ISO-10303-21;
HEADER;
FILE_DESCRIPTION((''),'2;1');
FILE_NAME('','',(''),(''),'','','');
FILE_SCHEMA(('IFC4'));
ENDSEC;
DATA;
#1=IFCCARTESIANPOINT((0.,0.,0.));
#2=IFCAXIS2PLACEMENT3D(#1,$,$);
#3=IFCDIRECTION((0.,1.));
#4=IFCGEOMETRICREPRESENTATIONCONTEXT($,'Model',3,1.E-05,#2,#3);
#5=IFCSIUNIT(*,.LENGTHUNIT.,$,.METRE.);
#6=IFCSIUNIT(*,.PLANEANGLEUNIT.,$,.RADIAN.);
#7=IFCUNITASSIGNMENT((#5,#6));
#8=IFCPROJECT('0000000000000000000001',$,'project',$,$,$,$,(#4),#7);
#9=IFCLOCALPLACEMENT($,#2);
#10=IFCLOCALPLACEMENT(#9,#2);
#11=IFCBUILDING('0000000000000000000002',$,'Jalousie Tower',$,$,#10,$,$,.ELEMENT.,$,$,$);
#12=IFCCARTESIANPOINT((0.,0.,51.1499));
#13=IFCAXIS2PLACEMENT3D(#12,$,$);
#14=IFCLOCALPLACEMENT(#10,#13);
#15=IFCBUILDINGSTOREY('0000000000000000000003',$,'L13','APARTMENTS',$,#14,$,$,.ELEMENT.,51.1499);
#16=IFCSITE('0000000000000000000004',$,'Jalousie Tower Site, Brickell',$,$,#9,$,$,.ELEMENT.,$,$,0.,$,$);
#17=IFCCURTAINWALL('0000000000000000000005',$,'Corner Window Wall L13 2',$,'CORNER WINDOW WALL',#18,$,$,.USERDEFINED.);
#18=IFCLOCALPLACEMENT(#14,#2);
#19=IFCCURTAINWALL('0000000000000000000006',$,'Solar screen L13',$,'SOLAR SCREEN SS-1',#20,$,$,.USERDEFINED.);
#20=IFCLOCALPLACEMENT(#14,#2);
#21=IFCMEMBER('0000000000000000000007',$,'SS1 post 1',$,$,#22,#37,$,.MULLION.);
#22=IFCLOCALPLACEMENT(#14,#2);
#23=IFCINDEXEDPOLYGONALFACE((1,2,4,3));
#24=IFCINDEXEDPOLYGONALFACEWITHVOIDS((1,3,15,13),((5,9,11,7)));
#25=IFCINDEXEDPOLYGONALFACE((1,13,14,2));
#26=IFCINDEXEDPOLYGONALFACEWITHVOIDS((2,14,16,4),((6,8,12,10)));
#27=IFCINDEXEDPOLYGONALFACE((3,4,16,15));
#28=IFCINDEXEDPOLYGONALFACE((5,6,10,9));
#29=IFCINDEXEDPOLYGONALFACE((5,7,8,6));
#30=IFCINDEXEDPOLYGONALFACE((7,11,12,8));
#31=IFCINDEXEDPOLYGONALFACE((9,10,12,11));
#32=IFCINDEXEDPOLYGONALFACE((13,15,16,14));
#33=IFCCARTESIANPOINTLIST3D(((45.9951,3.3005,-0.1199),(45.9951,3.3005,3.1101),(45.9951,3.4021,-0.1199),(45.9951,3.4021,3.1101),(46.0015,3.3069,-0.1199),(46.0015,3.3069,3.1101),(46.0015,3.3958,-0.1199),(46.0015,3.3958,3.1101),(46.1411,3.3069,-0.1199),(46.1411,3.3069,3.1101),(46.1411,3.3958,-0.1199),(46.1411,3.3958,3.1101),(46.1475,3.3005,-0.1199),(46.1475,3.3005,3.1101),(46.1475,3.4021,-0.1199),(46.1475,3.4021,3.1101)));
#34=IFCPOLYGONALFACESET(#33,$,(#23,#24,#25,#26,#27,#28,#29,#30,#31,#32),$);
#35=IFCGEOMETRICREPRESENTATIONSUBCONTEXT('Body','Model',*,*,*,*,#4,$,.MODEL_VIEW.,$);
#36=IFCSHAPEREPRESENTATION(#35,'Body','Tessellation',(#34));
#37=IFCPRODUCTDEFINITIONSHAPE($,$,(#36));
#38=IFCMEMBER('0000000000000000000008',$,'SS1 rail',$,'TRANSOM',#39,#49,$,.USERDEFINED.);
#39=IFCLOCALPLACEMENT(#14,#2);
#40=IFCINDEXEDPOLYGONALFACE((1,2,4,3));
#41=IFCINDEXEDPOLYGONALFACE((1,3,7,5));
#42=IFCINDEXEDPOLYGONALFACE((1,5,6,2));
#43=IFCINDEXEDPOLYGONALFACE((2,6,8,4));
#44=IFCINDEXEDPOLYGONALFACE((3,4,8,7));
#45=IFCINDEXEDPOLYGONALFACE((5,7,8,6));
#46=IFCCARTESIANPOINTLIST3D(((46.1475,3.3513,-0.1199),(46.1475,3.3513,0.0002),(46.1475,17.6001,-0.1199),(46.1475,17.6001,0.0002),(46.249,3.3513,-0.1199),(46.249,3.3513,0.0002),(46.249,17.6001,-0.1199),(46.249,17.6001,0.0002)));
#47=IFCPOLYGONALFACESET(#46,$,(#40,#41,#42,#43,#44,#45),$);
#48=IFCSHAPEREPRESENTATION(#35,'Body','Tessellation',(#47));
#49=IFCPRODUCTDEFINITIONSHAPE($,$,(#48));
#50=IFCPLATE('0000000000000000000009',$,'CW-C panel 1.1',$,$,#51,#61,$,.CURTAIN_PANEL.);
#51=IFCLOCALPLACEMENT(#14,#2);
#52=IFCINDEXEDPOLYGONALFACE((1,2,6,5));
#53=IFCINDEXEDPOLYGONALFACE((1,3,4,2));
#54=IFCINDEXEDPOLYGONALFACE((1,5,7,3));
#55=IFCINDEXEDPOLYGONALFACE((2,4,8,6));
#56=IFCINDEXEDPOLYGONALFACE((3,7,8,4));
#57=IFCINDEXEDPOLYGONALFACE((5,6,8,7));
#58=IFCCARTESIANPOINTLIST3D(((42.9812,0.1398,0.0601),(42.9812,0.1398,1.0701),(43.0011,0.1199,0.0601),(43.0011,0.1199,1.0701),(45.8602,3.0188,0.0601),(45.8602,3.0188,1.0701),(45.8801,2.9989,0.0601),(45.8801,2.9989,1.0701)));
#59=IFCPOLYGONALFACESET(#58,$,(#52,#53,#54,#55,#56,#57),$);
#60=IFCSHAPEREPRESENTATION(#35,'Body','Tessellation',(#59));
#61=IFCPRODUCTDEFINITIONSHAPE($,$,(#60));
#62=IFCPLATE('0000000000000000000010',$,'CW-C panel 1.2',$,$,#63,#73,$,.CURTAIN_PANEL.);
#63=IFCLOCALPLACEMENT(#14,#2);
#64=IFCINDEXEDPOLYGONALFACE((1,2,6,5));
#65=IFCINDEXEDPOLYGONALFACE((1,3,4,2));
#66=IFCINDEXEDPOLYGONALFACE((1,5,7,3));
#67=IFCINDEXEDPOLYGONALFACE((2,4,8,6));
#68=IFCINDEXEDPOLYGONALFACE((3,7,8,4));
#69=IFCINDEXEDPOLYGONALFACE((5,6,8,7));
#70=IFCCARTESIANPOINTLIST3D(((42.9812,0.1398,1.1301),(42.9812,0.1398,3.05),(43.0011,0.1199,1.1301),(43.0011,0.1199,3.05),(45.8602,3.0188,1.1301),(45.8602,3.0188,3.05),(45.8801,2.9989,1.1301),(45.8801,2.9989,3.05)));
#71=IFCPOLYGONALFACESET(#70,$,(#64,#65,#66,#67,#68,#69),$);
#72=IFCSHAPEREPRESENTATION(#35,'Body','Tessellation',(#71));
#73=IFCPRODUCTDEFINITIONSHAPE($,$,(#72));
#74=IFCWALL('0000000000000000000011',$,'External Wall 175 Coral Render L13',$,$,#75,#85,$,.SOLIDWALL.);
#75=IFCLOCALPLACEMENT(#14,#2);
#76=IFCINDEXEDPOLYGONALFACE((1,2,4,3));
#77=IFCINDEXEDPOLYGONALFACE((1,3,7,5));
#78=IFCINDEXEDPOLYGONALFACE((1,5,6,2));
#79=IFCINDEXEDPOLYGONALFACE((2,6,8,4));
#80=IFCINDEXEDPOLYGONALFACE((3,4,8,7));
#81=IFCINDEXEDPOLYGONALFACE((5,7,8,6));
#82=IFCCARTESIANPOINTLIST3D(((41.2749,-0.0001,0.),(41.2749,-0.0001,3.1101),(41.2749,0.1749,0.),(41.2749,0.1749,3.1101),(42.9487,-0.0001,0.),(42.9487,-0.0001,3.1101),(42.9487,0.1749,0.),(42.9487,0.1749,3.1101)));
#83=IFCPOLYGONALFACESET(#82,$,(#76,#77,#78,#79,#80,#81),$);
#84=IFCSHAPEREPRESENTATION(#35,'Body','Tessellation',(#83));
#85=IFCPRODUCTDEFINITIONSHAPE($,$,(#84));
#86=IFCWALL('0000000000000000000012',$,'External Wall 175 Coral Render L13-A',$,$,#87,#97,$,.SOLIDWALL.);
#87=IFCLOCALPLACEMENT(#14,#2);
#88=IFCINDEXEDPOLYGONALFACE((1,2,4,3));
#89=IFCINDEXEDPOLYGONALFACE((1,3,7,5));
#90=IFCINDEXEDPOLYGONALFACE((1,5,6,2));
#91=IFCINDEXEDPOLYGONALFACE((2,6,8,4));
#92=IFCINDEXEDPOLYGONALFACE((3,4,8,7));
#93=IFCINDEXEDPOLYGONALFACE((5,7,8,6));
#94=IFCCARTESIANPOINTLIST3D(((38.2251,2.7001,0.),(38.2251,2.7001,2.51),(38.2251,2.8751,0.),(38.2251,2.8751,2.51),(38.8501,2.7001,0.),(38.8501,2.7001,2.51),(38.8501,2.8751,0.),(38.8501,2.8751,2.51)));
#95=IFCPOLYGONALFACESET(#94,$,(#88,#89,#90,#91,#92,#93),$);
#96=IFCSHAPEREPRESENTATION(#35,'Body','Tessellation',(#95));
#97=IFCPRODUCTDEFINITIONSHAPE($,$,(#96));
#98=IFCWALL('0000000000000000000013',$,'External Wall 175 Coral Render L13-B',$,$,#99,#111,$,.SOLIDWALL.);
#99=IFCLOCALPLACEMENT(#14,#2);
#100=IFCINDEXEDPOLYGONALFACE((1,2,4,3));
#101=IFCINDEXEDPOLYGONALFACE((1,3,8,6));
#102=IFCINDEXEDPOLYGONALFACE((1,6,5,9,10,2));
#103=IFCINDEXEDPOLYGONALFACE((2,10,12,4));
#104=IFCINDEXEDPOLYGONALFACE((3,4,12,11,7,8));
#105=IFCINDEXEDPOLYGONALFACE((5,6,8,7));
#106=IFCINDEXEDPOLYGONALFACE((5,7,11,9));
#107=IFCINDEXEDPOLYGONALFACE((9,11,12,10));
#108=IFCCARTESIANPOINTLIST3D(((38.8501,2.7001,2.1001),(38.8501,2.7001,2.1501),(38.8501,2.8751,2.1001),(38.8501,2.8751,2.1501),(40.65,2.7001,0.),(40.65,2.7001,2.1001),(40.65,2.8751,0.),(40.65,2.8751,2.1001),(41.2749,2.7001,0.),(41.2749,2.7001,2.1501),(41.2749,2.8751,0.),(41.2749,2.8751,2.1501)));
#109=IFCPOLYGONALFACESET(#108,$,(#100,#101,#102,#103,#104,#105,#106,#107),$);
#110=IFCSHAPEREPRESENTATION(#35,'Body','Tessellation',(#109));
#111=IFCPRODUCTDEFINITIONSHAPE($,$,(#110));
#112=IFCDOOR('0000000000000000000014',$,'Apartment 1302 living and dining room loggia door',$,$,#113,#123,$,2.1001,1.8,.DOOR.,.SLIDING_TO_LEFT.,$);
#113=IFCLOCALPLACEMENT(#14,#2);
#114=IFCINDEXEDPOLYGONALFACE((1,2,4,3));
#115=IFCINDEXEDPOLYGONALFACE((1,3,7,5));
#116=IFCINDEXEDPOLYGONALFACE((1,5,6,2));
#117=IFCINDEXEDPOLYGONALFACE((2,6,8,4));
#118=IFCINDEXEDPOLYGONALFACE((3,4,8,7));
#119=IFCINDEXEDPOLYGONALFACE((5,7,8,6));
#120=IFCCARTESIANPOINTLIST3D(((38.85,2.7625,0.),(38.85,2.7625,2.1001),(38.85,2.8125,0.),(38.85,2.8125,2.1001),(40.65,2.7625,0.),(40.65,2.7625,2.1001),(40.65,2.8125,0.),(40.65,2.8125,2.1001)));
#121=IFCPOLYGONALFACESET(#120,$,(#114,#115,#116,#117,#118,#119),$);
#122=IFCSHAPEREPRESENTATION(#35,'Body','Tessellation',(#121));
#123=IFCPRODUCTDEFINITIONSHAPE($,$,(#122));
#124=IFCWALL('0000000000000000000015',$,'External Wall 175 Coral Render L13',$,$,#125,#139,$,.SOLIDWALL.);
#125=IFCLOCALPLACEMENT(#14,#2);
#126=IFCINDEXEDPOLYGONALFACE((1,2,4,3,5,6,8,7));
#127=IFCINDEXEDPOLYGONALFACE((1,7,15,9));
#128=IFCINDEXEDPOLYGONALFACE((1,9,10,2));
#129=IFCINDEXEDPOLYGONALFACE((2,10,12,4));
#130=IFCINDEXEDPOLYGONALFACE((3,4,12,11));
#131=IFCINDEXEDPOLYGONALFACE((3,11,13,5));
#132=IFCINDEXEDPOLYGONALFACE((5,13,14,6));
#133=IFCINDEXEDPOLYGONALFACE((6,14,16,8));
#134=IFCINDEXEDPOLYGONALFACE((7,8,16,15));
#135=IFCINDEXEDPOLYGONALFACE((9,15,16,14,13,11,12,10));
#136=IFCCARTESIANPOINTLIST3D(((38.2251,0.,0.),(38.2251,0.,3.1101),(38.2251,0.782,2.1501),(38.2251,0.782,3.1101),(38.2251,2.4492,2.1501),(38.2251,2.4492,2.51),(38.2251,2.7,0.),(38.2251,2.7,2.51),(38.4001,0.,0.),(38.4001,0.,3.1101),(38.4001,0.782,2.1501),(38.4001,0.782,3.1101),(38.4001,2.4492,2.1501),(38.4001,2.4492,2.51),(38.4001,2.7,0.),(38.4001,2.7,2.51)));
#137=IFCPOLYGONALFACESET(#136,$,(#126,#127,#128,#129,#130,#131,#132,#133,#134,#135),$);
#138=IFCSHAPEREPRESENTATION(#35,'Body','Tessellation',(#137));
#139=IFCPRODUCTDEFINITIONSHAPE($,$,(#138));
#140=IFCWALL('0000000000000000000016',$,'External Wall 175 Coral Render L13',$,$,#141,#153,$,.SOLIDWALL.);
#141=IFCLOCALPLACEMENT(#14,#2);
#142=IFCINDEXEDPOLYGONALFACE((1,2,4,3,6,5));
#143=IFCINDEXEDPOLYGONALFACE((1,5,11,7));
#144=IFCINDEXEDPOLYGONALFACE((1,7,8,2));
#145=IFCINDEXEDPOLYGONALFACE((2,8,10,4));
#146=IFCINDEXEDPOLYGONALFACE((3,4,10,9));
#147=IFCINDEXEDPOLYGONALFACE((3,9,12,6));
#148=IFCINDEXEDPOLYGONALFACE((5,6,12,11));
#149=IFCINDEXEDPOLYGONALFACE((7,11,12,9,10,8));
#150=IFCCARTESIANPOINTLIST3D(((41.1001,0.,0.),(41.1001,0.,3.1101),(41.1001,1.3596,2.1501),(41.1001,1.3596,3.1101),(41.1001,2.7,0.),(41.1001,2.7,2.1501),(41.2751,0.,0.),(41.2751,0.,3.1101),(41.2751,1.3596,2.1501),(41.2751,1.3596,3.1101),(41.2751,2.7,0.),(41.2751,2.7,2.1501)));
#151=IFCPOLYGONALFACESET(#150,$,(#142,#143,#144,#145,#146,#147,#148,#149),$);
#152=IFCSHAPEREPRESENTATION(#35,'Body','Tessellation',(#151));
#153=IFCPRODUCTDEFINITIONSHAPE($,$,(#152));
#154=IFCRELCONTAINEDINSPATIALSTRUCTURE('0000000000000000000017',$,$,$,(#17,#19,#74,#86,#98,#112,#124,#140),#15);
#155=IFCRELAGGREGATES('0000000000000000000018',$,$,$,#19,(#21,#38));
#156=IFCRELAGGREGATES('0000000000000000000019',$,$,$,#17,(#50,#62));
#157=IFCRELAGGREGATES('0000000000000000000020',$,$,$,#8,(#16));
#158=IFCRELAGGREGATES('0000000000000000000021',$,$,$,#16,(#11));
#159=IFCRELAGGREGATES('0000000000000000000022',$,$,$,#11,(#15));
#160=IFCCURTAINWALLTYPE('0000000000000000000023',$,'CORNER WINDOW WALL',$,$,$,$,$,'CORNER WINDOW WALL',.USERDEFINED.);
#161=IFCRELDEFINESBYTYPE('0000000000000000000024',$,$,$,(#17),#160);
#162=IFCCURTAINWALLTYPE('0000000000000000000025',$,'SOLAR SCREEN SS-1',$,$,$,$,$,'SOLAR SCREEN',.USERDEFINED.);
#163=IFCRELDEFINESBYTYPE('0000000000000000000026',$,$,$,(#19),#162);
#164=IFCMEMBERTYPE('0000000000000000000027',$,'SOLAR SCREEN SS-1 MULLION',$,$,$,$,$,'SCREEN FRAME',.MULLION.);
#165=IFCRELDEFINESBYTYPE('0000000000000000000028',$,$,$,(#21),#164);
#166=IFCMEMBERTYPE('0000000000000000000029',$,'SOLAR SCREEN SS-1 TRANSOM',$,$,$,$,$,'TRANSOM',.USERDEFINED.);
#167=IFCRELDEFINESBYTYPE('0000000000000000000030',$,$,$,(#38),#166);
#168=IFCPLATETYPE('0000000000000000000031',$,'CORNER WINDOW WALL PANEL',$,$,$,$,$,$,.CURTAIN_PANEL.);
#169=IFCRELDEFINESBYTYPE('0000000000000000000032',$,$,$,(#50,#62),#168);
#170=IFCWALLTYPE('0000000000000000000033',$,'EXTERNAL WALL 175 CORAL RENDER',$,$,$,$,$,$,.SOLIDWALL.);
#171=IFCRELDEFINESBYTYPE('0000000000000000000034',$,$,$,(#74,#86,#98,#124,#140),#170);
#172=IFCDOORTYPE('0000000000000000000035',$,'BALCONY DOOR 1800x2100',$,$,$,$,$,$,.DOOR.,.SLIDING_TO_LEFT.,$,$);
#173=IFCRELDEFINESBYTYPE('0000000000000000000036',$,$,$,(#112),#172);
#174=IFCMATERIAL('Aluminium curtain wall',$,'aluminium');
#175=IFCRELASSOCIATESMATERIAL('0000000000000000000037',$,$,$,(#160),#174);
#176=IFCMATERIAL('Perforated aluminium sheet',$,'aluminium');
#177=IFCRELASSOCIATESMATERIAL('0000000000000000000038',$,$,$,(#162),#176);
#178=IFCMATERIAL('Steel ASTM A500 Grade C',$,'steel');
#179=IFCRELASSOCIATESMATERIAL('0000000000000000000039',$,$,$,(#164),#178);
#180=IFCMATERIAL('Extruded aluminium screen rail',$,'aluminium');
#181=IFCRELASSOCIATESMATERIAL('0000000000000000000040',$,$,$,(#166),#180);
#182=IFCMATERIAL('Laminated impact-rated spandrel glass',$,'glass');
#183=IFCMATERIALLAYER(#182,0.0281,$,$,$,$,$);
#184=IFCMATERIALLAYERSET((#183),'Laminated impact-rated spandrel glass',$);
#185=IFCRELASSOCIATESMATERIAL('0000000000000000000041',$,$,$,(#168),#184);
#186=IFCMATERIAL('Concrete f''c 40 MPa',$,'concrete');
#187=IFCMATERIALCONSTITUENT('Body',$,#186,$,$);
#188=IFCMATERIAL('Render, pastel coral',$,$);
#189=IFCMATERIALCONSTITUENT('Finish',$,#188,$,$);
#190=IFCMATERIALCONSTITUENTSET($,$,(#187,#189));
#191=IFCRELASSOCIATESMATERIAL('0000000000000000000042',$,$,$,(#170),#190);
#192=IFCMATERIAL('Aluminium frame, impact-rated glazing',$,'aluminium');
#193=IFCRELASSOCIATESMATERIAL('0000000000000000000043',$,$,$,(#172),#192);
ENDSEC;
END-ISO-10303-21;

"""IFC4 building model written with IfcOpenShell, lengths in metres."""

from ifc_helpers import new_model, si_unit, direction, frame, frame_2d, origin, origin_2d, place, context, subcontext, project, spatial, polyline, rectangle, hollow_rectangle, outline, extrude, material, layer, layer_set, constituent, constituent_set, material_profile, profile_set, type_object, element, fill, aggregate, save


model = new_model("IFC4")

# Units and contexts
model_context = context("Model", 3, precision=1e-05, world=origin(), true_north=direction((0.0, 1.0)))
body_context = subcontext(model_context, "Body", "Model", "MODEL_VIEW")
ifc_project = project(units=[si_unit("LENGTHUNIT", "METRE"), si_unit("PLANEANGLEUNIT", "RADIAN")], contexts=[model_context])

# Site, building, storey
site_placement = place(None, origin())
site = spatial("IfcSite", under=ifc_project, at=site_placement, Name="Jalousie Tower Site, Brickell", CompositionType="ELEMENT", RefElevation=0.0)
building_placement = place(site_placement, origin())
building = spatial("IfcBuilding", under=site, at=building_placement, Name="Jalousie Tower", CompositionType="ELEMENT")
storey_placement = place(building_placement, frame((0.0, 0.0, 51.1499)))
storey = spatial("IfcBuildingStorey", under=building, at=storey_placement, Name="L13", Description="APARTMENTS", CompositionType="ELEMENT", Elevation=51.1499)

# Curtain wall
ifc_material_1 = material(Name="Aluminium curtain wall", Category="aluminium")
curtain_wall_type_1 = type_object("IfcCurtainWallType", Name="CORNER WINDOW WALL", ElementType="CORNER WINDOW WALL", PredefinedType="USERDEFINED", material=ifc_material_1)
curtain_wall_1_placement = place(storey_placement, origin())
curtain_wall_1 = element("IfcCurtainWall", 1, at=curtain_wall_1_placement, inside=storey, type_object=curtain_wall_type_1, Name="Corner Window Wall L13 2", ObjectType="CORNER WINDOW WALL", PredefinedType="USERDEFINED")

# Curtain wall, members
ifc_material_2 = material(Name="Perforated aluminium sheet", Category="aluminium")
curtain_wall_type_2 = type_object("IfcCurtainWallType", Name="SOLAR SCREEN SS-1", ElementType="SOLAR SCREEN", PredefinedType="USERDEFINED", material=ifc_material_2)
curtain_wall_2_placement = place(storey_placement, origin())
curtain_wall_2 = element("IfcCurtainWall", 2, at=curtain_wall_2_placement, inside=storey, type_object=curtain_wall_type_2, Name="Solar screen L13", ObjectType="SOLAR SCREEN SS-1", PredefinedType="USERDEFINED")
ifc_material_3 = material(Name="Steel ASTM A500 Grade C", Category="steel")
ifc_material_profile_1 = material_profile(ifc_material_3, hollow_rectangle(XDim=0.1016, YDim=0.1523, WallThickness=0.0063, at=origin_2d()), Name="HSS6X4X1/4")
ifc_profile_set_1 = profile_set([ifc_material_profile_1], Name="Steel ASTM A500 Grade C")
member_type_1 = type_object("IfcMemberType", Name="SOLAR SCREEN SS-1 MULLION", ElementType="SCREEN FRAME", PredefinedType="MULLION", material=ifc_profile_set_1)
member_1_placement = place(storey_placement, frame((46.0713, 3.3513, -0.1199), z_axis=(0.0, 0.0, 1.0), x_axis=(0.0, 1.0, 0.0)))
member_1 = element("IfcMember", 3, at=member_1_placement, type_object=member_type_1, Name="SS1 post 1", PredefinedType="MULLION", context=body_context, shape_type="SweptSolid", body=[
    extrude(hollow_rectangle(XDim=0.1016, YDim=0.1523, WallThickness=0.0063, at=origin_2d()), origin(), (0.0, 0.0, 1.0), 3.23),
])
ifc_material_4 = material(Name="Extruded aluminium screen rail", Category="aluminium")
ifc_material_profile_2 = material_profile(ifc_material_4, rectangle(XDim=0.1016, YDim=0.1201, at=origin_2d()), Name="RAIL 102x120")
ifc_profile_set_2 = profile_set([ifc_material_profile_2], Name="Extruded aluminium screen rail")
member_type_2 = type_object("IfcMemberType", Name="SOLAR SCREEN SS-1 TRANSOM", ElementType="TRANSOM", PredefinedType="USERDEFINED", material=ifc_profile_set_2)
member_2_placement = place(storey_placement, frame((46.1982, 3.3513, -0.0598), z_axis=(0.0, 1.0, 0.0), x_axis=(-1.0, 0.0, 0.0)))
member_2 = element("IfcMember", 4, at=member_2_placement, type_object=member_type_2, Name="SS1 rail", ObjectType="TRANSOM", PredefinedType="USERDEFINED", context=body_context, shape_type="SweptSolid", body=[
    extrude(rectangle(XDim=0.1016, YDim=0.1201, at=origin_2d()), origin(), (0.0, 0.0, 1.0), 14.2488),
])
aggregate(curtain_wall_2, [member_1, member_2])

# Plates
ifc_material_5 = material(Name="Laminated impact-rated spandrel glass", Category="glass")
ifc_layer_1 = layer(ifc_material_5, 0.0281)
ifc_layer_set_1 = layer_set([ifc_layer_1], Name="Laminated impact-rated spandrel glass")
plate_type = type_object("IfcPlateType", Name="CORNER WINDOW WALL PANEL", PredefinedType="CURTAIN_PANEL", material=ifc_layer_set_1)
plate_1_placement = place(storey_placement, frame((44.4307, 1.5693, 0.0601), z_axis=(0.0, 0.0, 1.0), x_axis=(0.707107, 0.707107, 0.0)))
plate_1 = element("IfcPlate", 5, at=plate_1_placement, type_object=plate_type, Name="CW-C panel 1.1", PredefinedType="CURTAIN_PANEL", context=body_context, shape_type="SweptSolid", body=[
    extrude(rectangle(XDim=4.0715, YDim=0.0281, at=origin_2d()), origin(), (0.0, 0.0, 1.0), 1.01),
])
plate_2_placement = place(storey_placement, frame((44.4307, 1.5693, 1.1301), z_axis=(0.0, 0.0, 1.0), x_axis=(0.707107, 0.707107, 0.0)))
plate_2 = element("IfcPlate", 6, at=plate_2_placement, type_object=plate_type, Name="CW-C panel 1.2", PredefinedType="CURTAIN_PANEL", context=body_context, shape_type="SweptSolid", body=[
    extrude(rectangle(XDim=4.0715, YDim=0.0281, at=origin_2d()), origin(), (0.0, 0.0, 1.0), 1.9199),
])
aggregate(curtain_wall_1, [plate_1, plate_2])

# Walls
ifc_material_6 = material(Name="Concrete f'c 40 MPa", Category="concrete")
ifc_constituent_1 = constituent(ifc_material_6, Name="Body")
ifc_material_7 = material(Name="Render, pastel coral")
ifc_constituent_2 = constituent(ifc_material_7, Name="Finish")
ifc_constituent_set = constituent_set(constituents=[ifc_constituent_1, ifc_constituent_2])
wall_type = type_object("IfcWallType", Name="EXTERNAL WALL 175 CORAL RENDER", PredefinedType="SOLIDWALL", material=ifc_constituent_set)
wall_1_placement = place(storey_placement, frame((41.2749, 0.0874, 0.0), z_axis=(0.0, 0.0, 1.0), x_axis=(1.0, 0.0, 0.0)))
element("IfcWall", 7, at=wall_1_placement, inside=storey, type_object=wall_type, Name="External Wall 175 Coral Render L13", PredefinedType="SOLIDWALL", context=body_context, shape_type="SweptSolid", body=[
    extrude(rectangle(XDim=1.6738, YDim=0.175, at=frame_2d((0.8369, 0.0))), origin(), (0.0, 0.0, 1.0), 3.1101),
])
wall_2_placement = place(storey_placement, frame((38.2251, 2.7876, 0.0), z_axis=(0.0, 0.0, 1.0), x_axis=(1.0, 0.0, 0.0)))
element("IfcWall", 8, at=wall_2_placement, inside=storey, type_object=wall_type, Name="External Wall 175 Coral Render L13-A", PredefinedType="SOLIDWALL", context=body_context, shape_type="SweptSolid", body=[
    extrude(rectangle(XDim=0.625, YDim=0.175, at=frame_2d((0.3125, 0.0))), origin(), (0.0, 0.0, 1.0), 2.51),
])

# Wall, opening, door
wall_3_placement = place(storey_placement, frame((38.8501, 2.7876, 0.0), z_axis=(0.0, 0.0, 1.0), x_axis=(1.0, 0.0, 0.0)))
wall_3 = element("IfcWall", 9, at=wall_3_placement, inside=storey, type_object=wall_type, Name="External Wall 175 Coral Render L13-B", PredefinedType="SOLIDWALL", context=body_context, shape_type="SweptSolid", body=[
    extrude(rectangle(XDim=2.4248, YDim=0.175, at=frame_2d((1.2124, 0.0))), origin(), (0.0, 0.0, 1.0), 2.1501),
])
opening_1_placement = place(wall_3_placement, origin())
opening_1 = element("IfcOpeningElement", 10, at=opening_1_placement, cuts=wall_3, PredefinedType="OPENING", context=body_context, shape_type="SweptSolid", body=[
    extrude(rectangle(XDim=1.8, YDim=2.1001, at=frame_2d((0.8999, 1.05))), frame((0.0, 0.0974, 0.0), z_axis=(0.0, -1.0, 0.0), x_axis=(1.0, 0.0, 0.0)), (0.0, 0.0, 1.0), 0.1951),
])
ifc_material_8 = material(Name="Aluminium frame, impact-rated glazing", Category="aluminium")
door_type = type_object("IfcDoorType", Name="BALCONY DOOR 1800x2100", OperationType="SLIDING_TO_LEFT", PredefinedType="DOOR", material=ifc_material_8)
door_placement = place(opening_1_placement, origin())
door = element("IfcDoor", 11, at=door_placement, inside=storey, type_object=door_type, Name="Apartment 1302 living and dining room loggia door", OperationType="SLIDING_TO_LEFT", OverallHeight=2.1001, OverallWidth=1.8, PredefinedType="DOOR", context=body_context, shape_type="SweptSolid", body=[
    extrude(rectangle(XDim=1.8, YDim=2.1001, at=frame_2d((0.8999, 1.05))), frame((0.0, 0.0249, 0.0), z_axis=(0.0, -1.0, 0.0), x_axis=(1.0, 0.0, 0.0)), (0.0, 0.0, 1.0), 0.05),
])
fill(opening_1, door)

# Walls
wall_4_placement = place(storey_placement, frame((38.3125, 0.0, 0.0), z_axis=(0.0, 0.0, 1.0), x_axis=(0.0, 1.0, 0.0)))
element("IfcWall", 12, at=wall_4_placement, inside=storey, type_object=wall_type, Name="External Wall 175 Coral Render L13", PredefinedType="SOLIDWALL", context=body_context, shape_type="SweptSolid", body=[
    extrude(outline(polyline([(0.0, 0.0), (2.7, 0.0), (2.7, 2.51), (2.4492, 2.51), (2.4492, 2.1501), (0.782, 2.1501), (0.782, 3.1101), (0.0, 3.1101), (0.0, 0.0)])), frame((0.0, 0.0874, 0.0), z_axis=(0.0, -1.0, 0.0), x_axis=(1.0, 0.0, 0.0)), (0.0, 0.0, 1.0), 0.175),
])
wall_5_placement = place(storey_placement, frame((41.1875, 0.0, 0.0), z_axis=(0.0, 0.0, 1.0), x_axis=(0.0, 1.0, 0.0)))
element("IfcWall", 13, at=wall_5_placement, inside=storey, type_object=wall_type, Name="External Wall 175 Coral Render L13", PredefinedType="SOLIDWALL", context=body_context, shape_type="SweptSolid", body=[
    extrude(outline(polyline([(0.0, 0.0), (2.7, 0.0), (2.7, 2.1501), (1.3596, 2.1501), (1.3596, 3.1101), (0.0, 3.1101), (0.0, 0.0)])), frame((0.0, 0.0874, 0.0), z_axis=(0.0, -1.0, 0.0), x_axis=(1.0, 0.0, 0.0)), (0.0, 0.0, 1.0), 0.175),
])

save(model, "model.ifc")
